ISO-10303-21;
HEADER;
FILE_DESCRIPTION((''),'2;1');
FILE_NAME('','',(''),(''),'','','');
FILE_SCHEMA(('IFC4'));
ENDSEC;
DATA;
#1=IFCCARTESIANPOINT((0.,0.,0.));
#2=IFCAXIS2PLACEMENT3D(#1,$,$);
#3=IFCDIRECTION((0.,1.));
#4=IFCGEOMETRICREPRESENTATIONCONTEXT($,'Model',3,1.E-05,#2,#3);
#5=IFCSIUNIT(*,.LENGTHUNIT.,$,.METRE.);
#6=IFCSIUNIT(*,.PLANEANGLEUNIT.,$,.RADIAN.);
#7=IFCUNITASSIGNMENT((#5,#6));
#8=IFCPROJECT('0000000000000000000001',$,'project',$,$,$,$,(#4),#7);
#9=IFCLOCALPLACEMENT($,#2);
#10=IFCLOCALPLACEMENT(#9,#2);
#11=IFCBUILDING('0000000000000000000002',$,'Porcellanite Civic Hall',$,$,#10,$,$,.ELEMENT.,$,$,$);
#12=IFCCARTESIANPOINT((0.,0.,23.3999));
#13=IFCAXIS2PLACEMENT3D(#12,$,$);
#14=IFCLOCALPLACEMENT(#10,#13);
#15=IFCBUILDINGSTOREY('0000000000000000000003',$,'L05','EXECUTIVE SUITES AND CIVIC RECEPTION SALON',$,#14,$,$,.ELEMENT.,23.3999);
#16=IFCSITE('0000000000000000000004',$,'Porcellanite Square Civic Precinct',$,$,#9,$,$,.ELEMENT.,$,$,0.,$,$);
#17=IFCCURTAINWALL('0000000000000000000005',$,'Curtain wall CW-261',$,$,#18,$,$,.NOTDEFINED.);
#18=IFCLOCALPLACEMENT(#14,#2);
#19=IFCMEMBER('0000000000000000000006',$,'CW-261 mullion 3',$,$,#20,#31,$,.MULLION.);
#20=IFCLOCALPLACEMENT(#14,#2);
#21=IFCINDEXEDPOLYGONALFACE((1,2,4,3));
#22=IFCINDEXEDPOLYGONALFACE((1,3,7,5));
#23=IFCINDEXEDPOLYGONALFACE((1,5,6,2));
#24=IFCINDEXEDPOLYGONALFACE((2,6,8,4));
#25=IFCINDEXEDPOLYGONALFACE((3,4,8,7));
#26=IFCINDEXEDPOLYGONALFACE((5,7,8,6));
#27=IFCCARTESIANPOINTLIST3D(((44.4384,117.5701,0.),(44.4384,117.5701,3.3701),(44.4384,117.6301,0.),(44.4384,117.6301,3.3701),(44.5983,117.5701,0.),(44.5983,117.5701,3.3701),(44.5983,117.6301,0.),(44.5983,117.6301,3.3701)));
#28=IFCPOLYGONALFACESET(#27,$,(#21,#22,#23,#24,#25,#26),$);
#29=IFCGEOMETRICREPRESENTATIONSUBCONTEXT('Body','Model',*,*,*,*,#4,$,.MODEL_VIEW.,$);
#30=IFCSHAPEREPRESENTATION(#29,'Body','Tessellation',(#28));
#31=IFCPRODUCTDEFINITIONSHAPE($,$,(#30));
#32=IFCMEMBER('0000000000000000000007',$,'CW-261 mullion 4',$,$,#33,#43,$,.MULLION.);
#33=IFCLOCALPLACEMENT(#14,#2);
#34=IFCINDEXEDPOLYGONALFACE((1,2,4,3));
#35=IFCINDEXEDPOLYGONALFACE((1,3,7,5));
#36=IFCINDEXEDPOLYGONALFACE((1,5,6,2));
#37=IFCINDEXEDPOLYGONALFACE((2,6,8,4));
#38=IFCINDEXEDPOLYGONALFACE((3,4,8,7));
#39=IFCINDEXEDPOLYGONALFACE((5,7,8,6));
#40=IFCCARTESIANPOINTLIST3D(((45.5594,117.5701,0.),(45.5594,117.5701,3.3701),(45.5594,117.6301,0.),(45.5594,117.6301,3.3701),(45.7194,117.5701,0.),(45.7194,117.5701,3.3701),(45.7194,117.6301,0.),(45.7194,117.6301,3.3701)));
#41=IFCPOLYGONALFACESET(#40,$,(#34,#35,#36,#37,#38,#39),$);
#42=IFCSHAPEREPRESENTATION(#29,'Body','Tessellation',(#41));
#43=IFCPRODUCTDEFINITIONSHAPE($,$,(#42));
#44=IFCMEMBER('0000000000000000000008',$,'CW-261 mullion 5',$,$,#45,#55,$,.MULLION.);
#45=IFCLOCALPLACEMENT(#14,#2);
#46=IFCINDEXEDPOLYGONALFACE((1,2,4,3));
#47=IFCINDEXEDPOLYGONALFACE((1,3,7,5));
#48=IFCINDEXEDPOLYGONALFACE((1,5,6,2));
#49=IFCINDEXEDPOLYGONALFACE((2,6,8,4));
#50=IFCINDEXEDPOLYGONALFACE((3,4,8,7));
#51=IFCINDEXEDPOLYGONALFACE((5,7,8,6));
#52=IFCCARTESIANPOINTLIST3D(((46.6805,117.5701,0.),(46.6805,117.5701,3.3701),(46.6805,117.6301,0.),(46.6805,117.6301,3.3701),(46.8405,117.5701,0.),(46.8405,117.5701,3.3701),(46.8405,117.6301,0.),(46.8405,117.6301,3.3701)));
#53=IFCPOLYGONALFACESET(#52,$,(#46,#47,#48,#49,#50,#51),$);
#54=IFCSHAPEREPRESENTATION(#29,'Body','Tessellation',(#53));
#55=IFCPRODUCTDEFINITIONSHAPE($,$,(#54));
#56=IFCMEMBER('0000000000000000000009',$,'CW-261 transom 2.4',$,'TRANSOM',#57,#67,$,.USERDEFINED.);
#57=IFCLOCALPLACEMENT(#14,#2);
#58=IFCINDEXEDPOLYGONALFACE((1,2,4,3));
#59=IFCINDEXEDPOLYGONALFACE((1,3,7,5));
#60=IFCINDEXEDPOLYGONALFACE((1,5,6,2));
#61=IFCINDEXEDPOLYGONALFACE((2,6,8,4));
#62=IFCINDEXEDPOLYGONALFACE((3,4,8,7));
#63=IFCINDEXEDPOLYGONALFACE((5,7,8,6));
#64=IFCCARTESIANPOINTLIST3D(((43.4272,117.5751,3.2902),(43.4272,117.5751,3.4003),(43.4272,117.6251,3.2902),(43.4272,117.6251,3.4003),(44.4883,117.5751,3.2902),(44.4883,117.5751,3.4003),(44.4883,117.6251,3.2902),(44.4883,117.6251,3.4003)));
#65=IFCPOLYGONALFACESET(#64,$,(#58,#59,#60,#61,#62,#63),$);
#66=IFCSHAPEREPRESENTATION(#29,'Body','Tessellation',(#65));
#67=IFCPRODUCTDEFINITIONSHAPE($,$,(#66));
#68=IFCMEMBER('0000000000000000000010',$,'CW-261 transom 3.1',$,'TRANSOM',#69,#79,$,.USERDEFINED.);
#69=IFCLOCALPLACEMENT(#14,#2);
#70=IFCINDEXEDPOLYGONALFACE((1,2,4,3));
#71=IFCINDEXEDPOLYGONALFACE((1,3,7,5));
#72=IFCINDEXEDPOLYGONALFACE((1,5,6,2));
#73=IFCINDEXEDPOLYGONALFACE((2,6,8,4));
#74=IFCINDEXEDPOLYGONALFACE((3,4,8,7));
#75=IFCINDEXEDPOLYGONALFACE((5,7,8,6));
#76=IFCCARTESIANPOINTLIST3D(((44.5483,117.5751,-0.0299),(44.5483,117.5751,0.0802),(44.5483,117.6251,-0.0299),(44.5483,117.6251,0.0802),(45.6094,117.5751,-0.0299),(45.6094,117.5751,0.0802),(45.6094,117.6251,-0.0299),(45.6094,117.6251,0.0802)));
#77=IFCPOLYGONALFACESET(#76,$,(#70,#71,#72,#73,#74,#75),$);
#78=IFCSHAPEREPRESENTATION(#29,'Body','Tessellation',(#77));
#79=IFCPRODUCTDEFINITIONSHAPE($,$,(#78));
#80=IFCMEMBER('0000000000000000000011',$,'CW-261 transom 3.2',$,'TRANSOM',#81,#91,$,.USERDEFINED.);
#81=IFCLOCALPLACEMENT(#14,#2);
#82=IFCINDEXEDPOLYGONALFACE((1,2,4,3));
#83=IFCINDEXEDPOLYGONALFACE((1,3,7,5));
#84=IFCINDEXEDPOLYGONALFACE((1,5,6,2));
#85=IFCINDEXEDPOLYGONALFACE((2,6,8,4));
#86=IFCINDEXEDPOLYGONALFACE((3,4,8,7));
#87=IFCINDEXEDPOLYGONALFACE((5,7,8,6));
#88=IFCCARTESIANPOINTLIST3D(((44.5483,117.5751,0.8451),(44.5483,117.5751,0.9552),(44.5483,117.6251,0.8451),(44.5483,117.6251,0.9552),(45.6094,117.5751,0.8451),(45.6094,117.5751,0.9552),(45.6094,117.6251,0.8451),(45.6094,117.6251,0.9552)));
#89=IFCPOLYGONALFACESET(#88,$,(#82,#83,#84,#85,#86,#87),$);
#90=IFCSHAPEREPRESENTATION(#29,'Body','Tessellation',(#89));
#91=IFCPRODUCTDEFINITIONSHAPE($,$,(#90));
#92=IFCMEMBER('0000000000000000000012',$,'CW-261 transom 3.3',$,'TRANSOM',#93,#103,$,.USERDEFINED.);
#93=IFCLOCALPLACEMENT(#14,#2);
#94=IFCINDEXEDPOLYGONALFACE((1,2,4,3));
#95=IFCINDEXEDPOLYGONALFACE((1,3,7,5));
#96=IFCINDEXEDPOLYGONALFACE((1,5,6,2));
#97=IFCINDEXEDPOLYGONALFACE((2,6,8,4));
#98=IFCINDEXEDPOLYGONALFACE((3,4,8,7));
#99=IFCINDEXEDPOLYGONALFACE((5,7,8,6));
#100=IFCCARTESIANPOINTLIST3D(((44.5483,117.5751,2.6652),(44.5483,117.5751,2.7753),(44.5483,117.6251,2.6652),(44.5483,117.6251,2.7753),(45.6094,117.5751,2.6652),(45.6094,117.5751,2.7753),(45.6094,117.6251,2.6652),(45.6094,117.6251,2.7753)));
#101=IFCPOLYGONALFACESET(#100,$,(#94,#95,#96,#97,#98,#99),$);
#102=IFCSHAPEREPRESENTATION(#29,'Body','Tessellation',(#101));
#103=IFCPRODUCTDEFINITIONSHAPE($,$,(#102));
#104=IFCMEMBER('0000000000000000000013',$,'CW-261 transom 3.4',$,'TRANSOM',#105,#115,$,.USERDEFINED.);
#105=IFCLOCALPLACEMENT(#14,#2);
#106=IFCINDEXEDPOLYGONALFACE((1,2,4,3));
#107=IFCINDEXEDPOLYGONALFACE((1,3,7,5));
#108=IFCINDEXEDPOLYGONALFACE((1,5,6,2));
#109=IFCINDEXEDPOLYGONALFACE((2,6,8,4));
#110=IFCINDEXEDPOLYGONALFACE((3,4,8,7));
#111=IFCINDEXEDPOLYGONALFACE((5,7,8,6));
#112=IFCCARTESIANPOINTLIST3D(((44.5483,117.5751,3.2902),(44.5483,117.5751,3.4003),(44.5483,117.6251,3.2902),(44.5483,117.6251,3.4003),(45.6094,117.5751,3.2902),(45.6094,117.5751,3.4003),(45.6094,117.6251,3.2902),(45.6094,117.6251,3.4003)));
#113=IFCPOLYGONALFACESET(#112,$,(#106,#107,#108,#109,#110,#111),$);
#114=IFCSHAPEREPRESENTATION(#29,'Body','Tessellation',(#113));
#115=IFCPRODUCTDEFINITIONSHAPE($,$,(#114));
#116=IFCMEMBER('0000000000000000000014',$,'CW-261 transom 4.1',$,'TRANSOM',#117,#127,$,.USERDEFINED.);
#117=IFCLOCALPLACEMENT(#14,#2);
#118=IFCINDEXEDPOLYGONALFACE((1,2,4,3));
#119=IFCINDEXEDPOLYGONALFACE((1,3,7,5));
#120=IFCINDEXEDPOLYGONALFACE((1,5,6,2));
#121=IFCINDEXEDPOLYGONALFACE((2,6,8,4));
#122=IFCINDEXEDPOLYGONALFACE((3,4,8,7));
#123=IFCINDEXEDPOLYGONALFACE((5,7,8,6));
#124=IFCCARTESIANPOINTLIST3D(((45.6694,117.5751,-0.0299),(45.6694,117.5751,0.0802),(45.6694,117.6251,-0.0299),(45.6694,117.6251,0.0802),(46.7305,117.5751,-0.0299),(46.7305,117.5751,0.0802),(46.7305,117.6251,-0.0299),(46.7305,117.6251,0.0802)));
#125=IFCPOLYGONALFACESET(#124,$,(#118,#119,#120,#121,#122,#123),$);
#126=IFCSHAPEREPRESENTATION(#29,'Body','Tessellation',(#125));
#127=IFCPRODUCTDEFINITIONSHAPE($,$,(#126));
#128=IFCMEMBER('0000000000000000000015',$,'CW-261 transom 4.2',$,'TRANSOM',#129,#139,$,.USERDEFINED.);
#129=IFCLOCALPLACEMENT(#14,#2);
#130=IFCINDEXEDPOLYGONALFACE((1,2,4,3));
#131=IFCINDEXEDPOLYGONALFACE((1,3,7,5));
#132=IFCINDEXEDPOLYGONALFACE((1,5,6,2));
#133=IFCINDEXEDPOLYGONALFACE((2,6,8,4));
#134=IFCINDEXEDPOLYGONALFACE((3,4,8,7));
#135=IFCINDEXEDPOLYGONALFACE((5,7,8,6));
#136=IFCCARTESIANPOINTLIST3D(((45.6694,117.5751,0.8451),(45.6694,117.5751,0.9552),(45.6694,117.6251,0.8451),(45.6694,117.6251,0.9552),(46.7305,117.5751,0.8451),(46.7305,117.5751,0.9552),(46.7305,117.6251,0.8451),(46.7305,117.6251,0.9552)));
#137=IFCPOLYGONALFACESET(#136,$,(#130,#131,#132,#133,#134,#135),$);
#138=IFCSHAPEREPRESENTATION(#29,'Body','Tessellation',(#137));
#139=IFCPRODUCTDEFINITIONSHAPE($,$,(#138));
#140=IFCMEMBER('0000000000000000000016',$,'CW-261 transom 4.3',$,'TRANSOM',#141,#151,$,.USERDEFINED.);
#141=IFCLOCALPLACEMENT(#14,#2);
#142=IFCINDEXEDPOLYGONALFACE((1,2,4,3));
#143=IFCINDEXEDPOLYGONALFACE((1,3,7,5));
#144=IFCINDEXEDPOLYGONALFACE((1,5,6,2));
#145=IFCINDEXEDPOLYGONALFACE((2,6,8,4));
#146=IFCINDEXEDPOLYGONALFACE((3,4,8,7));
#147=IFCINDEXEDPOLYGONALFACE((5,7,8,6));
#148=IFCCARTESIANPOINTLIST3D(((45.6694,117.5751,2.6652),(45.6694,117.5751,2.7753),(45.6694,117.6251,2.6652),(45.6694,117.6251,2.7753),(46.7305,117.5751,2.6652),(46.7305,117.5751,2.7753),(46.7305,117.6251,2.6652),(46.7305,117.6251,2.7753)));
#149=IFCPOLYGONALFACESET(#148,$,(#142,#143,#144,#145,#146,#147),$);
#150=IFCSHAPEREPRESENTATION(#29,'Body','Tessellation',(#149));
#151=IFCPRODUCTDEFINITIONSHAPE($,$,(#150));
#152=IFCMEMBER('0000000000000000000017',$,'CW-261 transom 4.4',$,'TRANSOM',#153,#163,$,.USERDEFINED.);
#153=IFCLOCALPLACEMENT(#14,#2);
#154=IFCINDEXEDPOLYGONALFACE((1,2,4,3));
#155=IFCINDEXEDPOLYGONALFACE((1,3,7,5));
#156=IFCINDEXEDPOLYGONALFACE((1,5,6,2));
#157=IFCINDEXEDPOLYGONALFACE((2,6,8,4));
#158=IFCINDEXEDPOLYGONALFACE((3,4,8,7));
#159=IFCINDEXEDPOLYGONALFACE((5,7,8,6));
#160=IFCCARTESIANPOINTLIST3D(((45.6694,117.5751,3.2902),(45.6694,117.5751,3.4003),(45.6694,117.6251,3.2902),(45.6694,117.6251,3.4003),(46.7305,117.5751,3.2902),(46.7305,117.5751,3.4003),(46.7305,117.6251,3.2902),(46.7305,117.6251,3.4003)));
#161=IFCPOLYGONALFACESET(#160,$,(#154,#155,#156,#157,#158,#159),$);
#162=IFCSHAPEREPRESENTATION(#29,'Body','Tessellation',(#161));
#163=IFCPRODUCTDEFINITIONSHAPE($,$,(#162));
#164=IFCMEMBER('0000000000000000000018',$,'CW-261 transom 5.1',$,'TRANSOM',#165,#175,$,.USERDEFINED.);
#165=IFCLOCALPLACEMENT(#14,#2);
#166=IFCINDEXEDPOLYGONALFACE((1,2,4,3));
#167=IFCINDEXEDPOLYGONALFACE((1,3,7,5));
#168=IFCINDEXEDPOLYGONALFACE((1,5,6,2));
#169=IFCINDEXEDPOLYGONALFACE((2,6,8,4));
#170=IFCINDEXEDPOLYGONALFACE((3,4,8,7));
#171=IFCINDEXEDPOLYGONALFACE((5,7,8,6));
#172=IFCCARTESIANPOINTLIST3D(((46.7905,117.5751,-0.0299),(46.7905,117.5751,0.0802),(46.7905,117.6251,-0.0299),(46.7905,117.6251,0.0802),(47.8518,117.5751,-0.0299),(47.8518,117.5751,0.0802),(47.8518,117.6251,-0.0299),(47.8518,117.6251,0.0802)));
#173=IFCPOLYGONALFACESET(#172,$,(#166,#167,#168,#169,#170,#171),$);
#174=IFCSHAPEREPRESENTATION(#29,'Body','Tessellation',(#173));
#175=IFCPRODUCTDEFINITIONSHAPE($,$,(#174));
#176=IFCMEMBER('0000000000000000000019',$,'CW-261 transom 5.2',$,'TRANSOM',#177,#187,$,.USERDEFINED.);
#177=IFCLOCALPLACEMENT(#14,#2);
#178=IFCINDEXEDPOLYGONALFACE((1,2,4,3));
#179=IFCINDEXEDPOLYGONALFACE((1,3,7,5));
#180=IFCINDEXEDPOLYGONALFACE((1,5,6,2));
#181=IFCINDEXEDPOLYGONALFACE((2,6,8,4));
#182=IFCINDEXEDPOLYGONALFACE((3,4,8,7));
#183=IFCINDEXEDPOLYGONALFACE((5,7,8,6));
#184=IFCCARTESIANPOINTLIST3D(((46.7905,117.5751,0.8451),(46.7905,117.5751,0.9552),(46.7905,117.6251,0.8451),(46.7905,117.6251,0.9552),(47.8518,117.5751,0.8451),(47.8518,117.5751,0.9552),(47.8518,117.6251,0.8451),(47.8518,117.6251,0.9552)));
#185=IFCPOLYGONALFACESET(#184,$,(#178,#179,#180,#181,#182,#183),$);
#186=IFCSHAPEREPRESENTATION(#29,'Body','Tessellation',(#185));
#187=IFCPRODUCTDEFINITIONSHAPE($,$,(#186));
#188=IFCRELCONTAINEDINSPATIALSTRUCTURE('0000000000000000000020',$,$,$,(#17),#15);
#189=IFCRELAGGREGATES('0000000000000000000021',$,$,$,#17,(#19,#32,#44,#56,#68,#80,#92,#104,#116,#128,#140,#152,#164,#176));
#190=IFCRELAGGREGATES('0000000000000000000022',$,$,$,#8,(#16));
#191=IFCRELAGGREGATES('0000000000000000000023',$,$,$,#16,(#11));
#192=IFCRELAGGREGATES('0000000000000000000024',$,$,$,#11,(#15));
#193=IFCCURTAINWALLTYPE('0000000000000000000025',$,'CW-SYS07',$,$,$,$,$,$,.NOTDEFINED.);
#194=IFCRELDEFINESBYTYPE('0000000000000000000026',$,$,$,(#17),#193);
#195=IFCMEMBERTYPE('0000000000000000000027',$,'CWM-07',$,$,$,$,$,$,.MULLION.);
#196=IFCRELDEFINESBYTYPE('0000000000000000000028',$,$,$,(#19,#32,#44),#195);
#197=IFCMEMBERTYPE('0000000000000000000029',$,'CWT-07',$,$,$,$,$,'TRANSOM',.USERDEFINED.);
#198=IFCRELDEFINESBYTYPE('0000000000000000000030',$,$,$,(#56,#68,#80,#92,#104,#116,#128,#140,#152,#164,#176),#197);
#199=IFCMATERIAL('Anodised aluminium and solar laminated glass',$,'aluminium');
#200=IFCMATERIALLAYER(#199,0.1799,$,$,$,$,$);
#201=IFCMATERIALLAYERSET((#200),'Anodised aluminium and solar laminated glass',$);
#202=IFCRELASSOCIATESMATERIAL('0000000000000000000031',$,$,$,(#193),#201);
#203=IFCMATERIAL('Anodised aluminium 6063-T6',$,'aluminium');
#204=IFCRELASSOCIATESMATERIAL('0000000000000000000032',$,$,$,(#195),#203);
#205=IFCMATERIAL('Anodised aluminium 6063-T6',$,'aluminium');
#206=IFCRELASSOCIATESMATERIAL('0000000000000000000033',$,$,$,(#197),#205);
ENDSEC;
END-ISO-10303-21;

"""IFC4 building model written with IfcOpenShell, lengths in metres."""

from ifc_helpers import new_model, si_unit, direction, frame, origin, origin_2d, place, context, subcontext, project, spatial, rectangle, extrude, material, layer, layer_set, material_profile, profile_set, type_object, element, aggregate, save


model = new_model("IFC4")

# Units and contexts
model_context = context("Model", 3, precision=1e-05, world=origin(), true_north=direction((0.0, 1.0)))
body_context = subcontext(model_context, "Body", "Model", "MODEL_VIEW")
ifc_project = project(units=[si_unit("LENGTHUNIT", "METRE"), si_unit("PLANEANGLEUNIT", "RADIAN")], contexts=[model_context])

# Site, building, storey
site_placement = place(None, origin())
site = spatial("IfcSite", under=ifc_project, at=site_placement, Name="Porcellanite Square Civic Precinct", CompositionType="ELEMENT", RefElevation=0.0)
building_placement = place(site_placement, origin())
building = spatial("IfcBuilding", under=site, at=building_placement, Name="Porcellanite Civic Hall", CompositionType="ELEMENT")
storey_placement = place(building_placement, frame((0.0, 0.0, 23.3999)))
storey = spatial("IfcBuildingStorey", under=building, at=storey_placement, Name="L05", Description="EXECUTIVE SUITES AND CIVIC RECEPTION SALON", CompositionType="ELEMENT", Elevation=23.3999)

# Curtain wall, members
ifc_material_1 = material(Name="Anodised aluminium and solar laminated glass", Category="aluminium")
ifc_layer_1 = layer(ifc_material_1, 0.1799)
ifc_layer_set_1 = layer_set([ifc_layer_1], Name="Anodised aluminium and solar laminated glass")
curtain_wall_type = type_object("IfcCurtainWallType", Name="CW-SYS07", PredefinedType="NOTDEFINED", material=ifc_layer_set_1)
curtain_wall_placement = place(storey_placement, origin())
curtain_wall = element("IfcCurtainWall", 1, at=curtain_wall_placement, inside=storey, type_object=curtain_wall_type, Name="Curtain wall CW-261", PredefinedType="NOTDEFINED")
ifc_material_2 = material(Name="Anodised aluminium 6063-T6", Category="aluminium")
ifc_material_profile_1 = material_profile(ifc_material_2, rectangle(XDim=0.0601, YDim=0.1599, at=origin_2d()), Name="AL-60x160")
ifc_profile_set_1 = profile_set([ifc_material_profile_1], Name="Anodised aluminium 6063-T6")
member_type_1 = type_object("IfcMemberType", Name="CWM-07", PredefinedType="MULLION", material=ifc_profile_set_1)
member_1_placement = place(storey_placement, frame((44.5183, 117.6001, 0.0), z_axis=(0.0, 0.0, 1.0), x_axis=(0.0, 1.0, 0.0)))
member_1 = element("IfcMember", 2, at=member_1_placement, type_object=member_type_1, Name="CW-261 mullion 3", PredefinedType="MULLION", context=body_context, shape_type="SweptSolid", body=[
    extrude(rectangle(XDim=0.0601, YDim=0.1599, at=origin_2d()), origin(), (0.0, 0.0, 1.0), 3.3701),
])
member_2_placement = place(storey_placement, frame((45.6394, 117.6001, 0.0), z_axis=(0.0, 0.0, 1.0), x_axis=(0.0, 1.0, 0.0)))
member_2 = element("IfcMember", 3, at=member_2_placement, type_object=member_type_1, Name="CW-261 mullion 4", PredefinedType="MULLION", context=body_context, shape_type="SweptSolid", body=[
    extrude(rectangle(XDim=0.0601, YDim=0.1599, at=origin_2d()), origin(), (0.0, 0.0, 1.0), 3.3701),
])
member_3_placement = place(storey_placement, frame((46.7605, 117.6001, 0.0), z_axis=(0.0, 0.0, 1.0), x_axis=(0.0, 1.0, 0.0)))
member_3 = element("IfcMember", 4, at=member_3_placement, type_object=member_type_1, Name="CW-261 mullion 5", PredefinedType="MULLION", context=body_context, shape_type="SweptSolid", body=[
    extrude(rectangle(XDim=0.0601, YDim=0.1599, at=origin_2d()), origin(), (0.0, 0.0, 1.0), 3.3701),
])
ifc_material_3 = material(Name="Anodised aluminium 6063-T6", Category="aluminium")
ifc_material_profile_2 = material_profile(ifc_material_3, rectangle(XDim=0.05, YDim=0.1101, at=origin_2d()), Name="AL-50x110")
ifc_profile_set_2 = profile_set([ifc_material_profile_2], Name="Anodised aluminium 6063-T6")
member_type_2 = type_object("IfcMemberType", Name="CWT-07", ElementType="TRANSOM", PredefinedType="USERDEFINED", material=ifc_profile_set_2)
member_4_placement = place(storey_placement, frame((43.4272, 117.6001, 3.3452), z_axis=(1.0, 0.0, 0.0), x_axis=(0.0, 1.0, 0.0)))
member_4 = element("IfcMember", 5, at=member_4_placement, type_object=member_type_2, Name="CW-261 transom 2.4", ObjectType="TRANSOM", PredefinedType="USERDEFINED", context=body_context, shape_type="SweptSolid", body=[
    extrude(rectangle(XDim=0.05, YDim=0.1101, at=origin_2d()), origin(), (0.0, 0.0, 1.0), 1.061),
])
member_5_placement = place(storey_placement, frame((44.5483, 117.6001, 0.0251), z_axis=(1.0, 0.0, 0.0), x_axis=(0.0, 1.0, 0.0)))
member_5 = element("IfcMember", 6, at=member_5_placement, type_object=member_type_2, Name="CW-261 transom 3.1", ObjectType="TRANSOM", PredefinedType="USERDEFINED", context=body_context, shape_type="SweptSolid", body=[
    extrude(rectangle(XDim=0.05, YDim=0.1101, at=origin_2d()), origin(), (0.0, 0.0, 1.0), 1.061),
])
member_6_placement = place(storey_placement, frame((44.5483, 117.6001, 0.9001), z_axis=(1.0, 0.0, 0.0), x_axis=(0.0, 1.0, 0.0)))
member_6 = element("IfcMember", 7, at=member_6_placement, type_object=member_type_2, Name="CW-261 transom 3.2", ObjectType="TRANSOM", PredefinedType="USERDEFINED", context=body_context, shape_type="SweptSolid", body=[
    extrude(rectangle(XDim=0.05, YDim=0.1101, at=origin_2d()), origin(), (0.0, 0.0, 1.0), 1.061),
])
member_7_placement = place(storey_placement, frame((44.5483, 117.6001, 2.7202), z_axis=(1.0, 0.0, 0.0), x_axis=(0.0, 1.0, 0.0)))
member_7 = element("IfcMember", 8, at=member_7_placement, type_object=member_type_2, Name="CW-261 transom 3.3", ObjectType="TRANSOM", PredefinedType="USERDEFINED", context=body_context, shape_type="SweptSolid", body=[
    extrude(rectangle(XDim=0.05, YDim=0.1101, at=origin_2d()), origin(), (0.0, 0.0, 1.0), 1.061),
])
member_8_placement = place(storey_placement, frame((44.5483, 117.6001, 3.3452), z_axis=(1.0, 0.0, 0.0), x_axis=(0.0, 1.0, 0.0)))
member_8 = element("IfcMember", 9, at=member_8_placement, type_object=member_type_2, Name="CW-261 transom 3.4", ObjectType="TRANSOM", PredefinedType="USERDEFINED", context=body_context, shape_type="SweptSolid", body=[
    extrude(rectangle(XDim=0.05, YDim=0.1101, at=origin_2d()), origin(), (0.0, 0.0, 1.0), 1.061),
])
member_9_placement = place(storey_placement, frame((45.6694, 117.6001, 0.0251), z_axis=(1.0, 0.0, 0.0), x_axis=(0.0, 1.0, 0.0)))
member_9 = element("IfcMember", 10, at=member_9_placement, type_object=member_type_2, Name="CW-261 transom 4.1", ObjectType="TRANSOM", PredefinedType="USERDEFINED", context=body_context, shape_type="SweptSolid", body=[
    extrude(rectangle(XDim=0.05, YDim=0.1101, at=origin_2d()), origin(), (0.0, 0.0, 1.0), 1.061),
])
member_10_placement = place(storey_placement, frame((45.6694, 117.6001, 0.9001), z_axis=(1.0, 0.0, 0.0), x_axis=(0.0, 1.0, 0.0)))
member_10 = element("IfcMember", 11, at=member_10_placement, type_object=member_type_2, Name="CW-261 transom 4.2", ObjectType="TRANSOM", PredefinedType="USERDEFINED", context=body_context, shape_type="SweptSolid", body=[
    extrude(rectangle(XDim=0.05, YDim=0.1101, at=origin_2d()), origin(), (0.0, 0.0, 1.0), 1.061),
])
member_11_placement = place(storey_placement, frame((45.6694, 117.6001, 2.7202), z_axis=(1.0, 0.0, 0.0), x_axis=(0.0, 1.0, 0.0)))
member_11 = element("IfcMember", 12, at=member_11_placement, type_object=member_type_2, Name="CW-261 transom 4.3", ObjectType="TRANSOM", PredefinedType="USERDEFINED", context=body_context, shape_type="SweptSolid", body=[
    extrude(rectangle(XDim=0.05, YDim=0.1101, at=origin_2d()), origin(), (0.0, 0.0, 1.0), 1.061),
])
member_12_placement = place(storey_placement, frame((45.6694, 117.6001, 3.3452), z_axis=(1.0, 0.0, 0.0), x_axis=(0.0, 1.0, 0.0)))
member_12 = element("IfcMember", 13, at=member_12_placement, type_object=member_type_2, Name="CW-261 transom 4.4", ObjectType="TRANSOM", PredefinedType="USERDEFINED", context=body_context, shape_type="SweptSolid", body=[
    extrude(rectangle(XDim=0.05, YDim=0.1101, at=origin_2d()), origin(), (0.0, 0.0, 1.0), 1.061),
])
member_13_placement = place(storey_placement, frame((46.7905, 117.6001, 0.0251), z_axis=(1.0, 0.0, 0.0), x_axis=(0.0, 1.0, 0.0)))
member_13 = element("IfcMember", 14, at=member_13_placement, type_object=member_type_2, Name="CW-261 transom 5.1", ObjectType="TRANSOM", PredefinedType="USERDEFINED", context=body_context, shape_type="SweptSolid", body=[
    extrude(rectangle(XDim=0.05, YDim=0.1101, at=origin_2d()), origin(), (0.0, 0.0, 1.0), 1.0613),
])
member_14_placement = place(storey_placement, frame((46.7905, 117.6001, 0.9001), z_axis=(1.0, 0.0, 0.0), x_axis=(0.0, 1.0, 0.0)))
member_14 = element("IfcMember", 15, at=member_14_placement, type_object=member_type_2, Name="CW-261 transom 5.2", ObjectType="TRANSOM", PredefinedType="USERDEFINED", context=body_context, shape_type="SweptSolid", body=[
    extrude(rectangle(XDim=0.05, YDim=0.1101, at=origin_2d()), origin(), (0.0, 0.0, 1.0), 1.0613),
])
aggregate(curtain_wall, [member_1, member_2, member_3, member_4, member_5, member_6, member_7, member_8, member_9, member_10, member_11, member_12, member_13, member_14])

save(model, "model.ifc")
